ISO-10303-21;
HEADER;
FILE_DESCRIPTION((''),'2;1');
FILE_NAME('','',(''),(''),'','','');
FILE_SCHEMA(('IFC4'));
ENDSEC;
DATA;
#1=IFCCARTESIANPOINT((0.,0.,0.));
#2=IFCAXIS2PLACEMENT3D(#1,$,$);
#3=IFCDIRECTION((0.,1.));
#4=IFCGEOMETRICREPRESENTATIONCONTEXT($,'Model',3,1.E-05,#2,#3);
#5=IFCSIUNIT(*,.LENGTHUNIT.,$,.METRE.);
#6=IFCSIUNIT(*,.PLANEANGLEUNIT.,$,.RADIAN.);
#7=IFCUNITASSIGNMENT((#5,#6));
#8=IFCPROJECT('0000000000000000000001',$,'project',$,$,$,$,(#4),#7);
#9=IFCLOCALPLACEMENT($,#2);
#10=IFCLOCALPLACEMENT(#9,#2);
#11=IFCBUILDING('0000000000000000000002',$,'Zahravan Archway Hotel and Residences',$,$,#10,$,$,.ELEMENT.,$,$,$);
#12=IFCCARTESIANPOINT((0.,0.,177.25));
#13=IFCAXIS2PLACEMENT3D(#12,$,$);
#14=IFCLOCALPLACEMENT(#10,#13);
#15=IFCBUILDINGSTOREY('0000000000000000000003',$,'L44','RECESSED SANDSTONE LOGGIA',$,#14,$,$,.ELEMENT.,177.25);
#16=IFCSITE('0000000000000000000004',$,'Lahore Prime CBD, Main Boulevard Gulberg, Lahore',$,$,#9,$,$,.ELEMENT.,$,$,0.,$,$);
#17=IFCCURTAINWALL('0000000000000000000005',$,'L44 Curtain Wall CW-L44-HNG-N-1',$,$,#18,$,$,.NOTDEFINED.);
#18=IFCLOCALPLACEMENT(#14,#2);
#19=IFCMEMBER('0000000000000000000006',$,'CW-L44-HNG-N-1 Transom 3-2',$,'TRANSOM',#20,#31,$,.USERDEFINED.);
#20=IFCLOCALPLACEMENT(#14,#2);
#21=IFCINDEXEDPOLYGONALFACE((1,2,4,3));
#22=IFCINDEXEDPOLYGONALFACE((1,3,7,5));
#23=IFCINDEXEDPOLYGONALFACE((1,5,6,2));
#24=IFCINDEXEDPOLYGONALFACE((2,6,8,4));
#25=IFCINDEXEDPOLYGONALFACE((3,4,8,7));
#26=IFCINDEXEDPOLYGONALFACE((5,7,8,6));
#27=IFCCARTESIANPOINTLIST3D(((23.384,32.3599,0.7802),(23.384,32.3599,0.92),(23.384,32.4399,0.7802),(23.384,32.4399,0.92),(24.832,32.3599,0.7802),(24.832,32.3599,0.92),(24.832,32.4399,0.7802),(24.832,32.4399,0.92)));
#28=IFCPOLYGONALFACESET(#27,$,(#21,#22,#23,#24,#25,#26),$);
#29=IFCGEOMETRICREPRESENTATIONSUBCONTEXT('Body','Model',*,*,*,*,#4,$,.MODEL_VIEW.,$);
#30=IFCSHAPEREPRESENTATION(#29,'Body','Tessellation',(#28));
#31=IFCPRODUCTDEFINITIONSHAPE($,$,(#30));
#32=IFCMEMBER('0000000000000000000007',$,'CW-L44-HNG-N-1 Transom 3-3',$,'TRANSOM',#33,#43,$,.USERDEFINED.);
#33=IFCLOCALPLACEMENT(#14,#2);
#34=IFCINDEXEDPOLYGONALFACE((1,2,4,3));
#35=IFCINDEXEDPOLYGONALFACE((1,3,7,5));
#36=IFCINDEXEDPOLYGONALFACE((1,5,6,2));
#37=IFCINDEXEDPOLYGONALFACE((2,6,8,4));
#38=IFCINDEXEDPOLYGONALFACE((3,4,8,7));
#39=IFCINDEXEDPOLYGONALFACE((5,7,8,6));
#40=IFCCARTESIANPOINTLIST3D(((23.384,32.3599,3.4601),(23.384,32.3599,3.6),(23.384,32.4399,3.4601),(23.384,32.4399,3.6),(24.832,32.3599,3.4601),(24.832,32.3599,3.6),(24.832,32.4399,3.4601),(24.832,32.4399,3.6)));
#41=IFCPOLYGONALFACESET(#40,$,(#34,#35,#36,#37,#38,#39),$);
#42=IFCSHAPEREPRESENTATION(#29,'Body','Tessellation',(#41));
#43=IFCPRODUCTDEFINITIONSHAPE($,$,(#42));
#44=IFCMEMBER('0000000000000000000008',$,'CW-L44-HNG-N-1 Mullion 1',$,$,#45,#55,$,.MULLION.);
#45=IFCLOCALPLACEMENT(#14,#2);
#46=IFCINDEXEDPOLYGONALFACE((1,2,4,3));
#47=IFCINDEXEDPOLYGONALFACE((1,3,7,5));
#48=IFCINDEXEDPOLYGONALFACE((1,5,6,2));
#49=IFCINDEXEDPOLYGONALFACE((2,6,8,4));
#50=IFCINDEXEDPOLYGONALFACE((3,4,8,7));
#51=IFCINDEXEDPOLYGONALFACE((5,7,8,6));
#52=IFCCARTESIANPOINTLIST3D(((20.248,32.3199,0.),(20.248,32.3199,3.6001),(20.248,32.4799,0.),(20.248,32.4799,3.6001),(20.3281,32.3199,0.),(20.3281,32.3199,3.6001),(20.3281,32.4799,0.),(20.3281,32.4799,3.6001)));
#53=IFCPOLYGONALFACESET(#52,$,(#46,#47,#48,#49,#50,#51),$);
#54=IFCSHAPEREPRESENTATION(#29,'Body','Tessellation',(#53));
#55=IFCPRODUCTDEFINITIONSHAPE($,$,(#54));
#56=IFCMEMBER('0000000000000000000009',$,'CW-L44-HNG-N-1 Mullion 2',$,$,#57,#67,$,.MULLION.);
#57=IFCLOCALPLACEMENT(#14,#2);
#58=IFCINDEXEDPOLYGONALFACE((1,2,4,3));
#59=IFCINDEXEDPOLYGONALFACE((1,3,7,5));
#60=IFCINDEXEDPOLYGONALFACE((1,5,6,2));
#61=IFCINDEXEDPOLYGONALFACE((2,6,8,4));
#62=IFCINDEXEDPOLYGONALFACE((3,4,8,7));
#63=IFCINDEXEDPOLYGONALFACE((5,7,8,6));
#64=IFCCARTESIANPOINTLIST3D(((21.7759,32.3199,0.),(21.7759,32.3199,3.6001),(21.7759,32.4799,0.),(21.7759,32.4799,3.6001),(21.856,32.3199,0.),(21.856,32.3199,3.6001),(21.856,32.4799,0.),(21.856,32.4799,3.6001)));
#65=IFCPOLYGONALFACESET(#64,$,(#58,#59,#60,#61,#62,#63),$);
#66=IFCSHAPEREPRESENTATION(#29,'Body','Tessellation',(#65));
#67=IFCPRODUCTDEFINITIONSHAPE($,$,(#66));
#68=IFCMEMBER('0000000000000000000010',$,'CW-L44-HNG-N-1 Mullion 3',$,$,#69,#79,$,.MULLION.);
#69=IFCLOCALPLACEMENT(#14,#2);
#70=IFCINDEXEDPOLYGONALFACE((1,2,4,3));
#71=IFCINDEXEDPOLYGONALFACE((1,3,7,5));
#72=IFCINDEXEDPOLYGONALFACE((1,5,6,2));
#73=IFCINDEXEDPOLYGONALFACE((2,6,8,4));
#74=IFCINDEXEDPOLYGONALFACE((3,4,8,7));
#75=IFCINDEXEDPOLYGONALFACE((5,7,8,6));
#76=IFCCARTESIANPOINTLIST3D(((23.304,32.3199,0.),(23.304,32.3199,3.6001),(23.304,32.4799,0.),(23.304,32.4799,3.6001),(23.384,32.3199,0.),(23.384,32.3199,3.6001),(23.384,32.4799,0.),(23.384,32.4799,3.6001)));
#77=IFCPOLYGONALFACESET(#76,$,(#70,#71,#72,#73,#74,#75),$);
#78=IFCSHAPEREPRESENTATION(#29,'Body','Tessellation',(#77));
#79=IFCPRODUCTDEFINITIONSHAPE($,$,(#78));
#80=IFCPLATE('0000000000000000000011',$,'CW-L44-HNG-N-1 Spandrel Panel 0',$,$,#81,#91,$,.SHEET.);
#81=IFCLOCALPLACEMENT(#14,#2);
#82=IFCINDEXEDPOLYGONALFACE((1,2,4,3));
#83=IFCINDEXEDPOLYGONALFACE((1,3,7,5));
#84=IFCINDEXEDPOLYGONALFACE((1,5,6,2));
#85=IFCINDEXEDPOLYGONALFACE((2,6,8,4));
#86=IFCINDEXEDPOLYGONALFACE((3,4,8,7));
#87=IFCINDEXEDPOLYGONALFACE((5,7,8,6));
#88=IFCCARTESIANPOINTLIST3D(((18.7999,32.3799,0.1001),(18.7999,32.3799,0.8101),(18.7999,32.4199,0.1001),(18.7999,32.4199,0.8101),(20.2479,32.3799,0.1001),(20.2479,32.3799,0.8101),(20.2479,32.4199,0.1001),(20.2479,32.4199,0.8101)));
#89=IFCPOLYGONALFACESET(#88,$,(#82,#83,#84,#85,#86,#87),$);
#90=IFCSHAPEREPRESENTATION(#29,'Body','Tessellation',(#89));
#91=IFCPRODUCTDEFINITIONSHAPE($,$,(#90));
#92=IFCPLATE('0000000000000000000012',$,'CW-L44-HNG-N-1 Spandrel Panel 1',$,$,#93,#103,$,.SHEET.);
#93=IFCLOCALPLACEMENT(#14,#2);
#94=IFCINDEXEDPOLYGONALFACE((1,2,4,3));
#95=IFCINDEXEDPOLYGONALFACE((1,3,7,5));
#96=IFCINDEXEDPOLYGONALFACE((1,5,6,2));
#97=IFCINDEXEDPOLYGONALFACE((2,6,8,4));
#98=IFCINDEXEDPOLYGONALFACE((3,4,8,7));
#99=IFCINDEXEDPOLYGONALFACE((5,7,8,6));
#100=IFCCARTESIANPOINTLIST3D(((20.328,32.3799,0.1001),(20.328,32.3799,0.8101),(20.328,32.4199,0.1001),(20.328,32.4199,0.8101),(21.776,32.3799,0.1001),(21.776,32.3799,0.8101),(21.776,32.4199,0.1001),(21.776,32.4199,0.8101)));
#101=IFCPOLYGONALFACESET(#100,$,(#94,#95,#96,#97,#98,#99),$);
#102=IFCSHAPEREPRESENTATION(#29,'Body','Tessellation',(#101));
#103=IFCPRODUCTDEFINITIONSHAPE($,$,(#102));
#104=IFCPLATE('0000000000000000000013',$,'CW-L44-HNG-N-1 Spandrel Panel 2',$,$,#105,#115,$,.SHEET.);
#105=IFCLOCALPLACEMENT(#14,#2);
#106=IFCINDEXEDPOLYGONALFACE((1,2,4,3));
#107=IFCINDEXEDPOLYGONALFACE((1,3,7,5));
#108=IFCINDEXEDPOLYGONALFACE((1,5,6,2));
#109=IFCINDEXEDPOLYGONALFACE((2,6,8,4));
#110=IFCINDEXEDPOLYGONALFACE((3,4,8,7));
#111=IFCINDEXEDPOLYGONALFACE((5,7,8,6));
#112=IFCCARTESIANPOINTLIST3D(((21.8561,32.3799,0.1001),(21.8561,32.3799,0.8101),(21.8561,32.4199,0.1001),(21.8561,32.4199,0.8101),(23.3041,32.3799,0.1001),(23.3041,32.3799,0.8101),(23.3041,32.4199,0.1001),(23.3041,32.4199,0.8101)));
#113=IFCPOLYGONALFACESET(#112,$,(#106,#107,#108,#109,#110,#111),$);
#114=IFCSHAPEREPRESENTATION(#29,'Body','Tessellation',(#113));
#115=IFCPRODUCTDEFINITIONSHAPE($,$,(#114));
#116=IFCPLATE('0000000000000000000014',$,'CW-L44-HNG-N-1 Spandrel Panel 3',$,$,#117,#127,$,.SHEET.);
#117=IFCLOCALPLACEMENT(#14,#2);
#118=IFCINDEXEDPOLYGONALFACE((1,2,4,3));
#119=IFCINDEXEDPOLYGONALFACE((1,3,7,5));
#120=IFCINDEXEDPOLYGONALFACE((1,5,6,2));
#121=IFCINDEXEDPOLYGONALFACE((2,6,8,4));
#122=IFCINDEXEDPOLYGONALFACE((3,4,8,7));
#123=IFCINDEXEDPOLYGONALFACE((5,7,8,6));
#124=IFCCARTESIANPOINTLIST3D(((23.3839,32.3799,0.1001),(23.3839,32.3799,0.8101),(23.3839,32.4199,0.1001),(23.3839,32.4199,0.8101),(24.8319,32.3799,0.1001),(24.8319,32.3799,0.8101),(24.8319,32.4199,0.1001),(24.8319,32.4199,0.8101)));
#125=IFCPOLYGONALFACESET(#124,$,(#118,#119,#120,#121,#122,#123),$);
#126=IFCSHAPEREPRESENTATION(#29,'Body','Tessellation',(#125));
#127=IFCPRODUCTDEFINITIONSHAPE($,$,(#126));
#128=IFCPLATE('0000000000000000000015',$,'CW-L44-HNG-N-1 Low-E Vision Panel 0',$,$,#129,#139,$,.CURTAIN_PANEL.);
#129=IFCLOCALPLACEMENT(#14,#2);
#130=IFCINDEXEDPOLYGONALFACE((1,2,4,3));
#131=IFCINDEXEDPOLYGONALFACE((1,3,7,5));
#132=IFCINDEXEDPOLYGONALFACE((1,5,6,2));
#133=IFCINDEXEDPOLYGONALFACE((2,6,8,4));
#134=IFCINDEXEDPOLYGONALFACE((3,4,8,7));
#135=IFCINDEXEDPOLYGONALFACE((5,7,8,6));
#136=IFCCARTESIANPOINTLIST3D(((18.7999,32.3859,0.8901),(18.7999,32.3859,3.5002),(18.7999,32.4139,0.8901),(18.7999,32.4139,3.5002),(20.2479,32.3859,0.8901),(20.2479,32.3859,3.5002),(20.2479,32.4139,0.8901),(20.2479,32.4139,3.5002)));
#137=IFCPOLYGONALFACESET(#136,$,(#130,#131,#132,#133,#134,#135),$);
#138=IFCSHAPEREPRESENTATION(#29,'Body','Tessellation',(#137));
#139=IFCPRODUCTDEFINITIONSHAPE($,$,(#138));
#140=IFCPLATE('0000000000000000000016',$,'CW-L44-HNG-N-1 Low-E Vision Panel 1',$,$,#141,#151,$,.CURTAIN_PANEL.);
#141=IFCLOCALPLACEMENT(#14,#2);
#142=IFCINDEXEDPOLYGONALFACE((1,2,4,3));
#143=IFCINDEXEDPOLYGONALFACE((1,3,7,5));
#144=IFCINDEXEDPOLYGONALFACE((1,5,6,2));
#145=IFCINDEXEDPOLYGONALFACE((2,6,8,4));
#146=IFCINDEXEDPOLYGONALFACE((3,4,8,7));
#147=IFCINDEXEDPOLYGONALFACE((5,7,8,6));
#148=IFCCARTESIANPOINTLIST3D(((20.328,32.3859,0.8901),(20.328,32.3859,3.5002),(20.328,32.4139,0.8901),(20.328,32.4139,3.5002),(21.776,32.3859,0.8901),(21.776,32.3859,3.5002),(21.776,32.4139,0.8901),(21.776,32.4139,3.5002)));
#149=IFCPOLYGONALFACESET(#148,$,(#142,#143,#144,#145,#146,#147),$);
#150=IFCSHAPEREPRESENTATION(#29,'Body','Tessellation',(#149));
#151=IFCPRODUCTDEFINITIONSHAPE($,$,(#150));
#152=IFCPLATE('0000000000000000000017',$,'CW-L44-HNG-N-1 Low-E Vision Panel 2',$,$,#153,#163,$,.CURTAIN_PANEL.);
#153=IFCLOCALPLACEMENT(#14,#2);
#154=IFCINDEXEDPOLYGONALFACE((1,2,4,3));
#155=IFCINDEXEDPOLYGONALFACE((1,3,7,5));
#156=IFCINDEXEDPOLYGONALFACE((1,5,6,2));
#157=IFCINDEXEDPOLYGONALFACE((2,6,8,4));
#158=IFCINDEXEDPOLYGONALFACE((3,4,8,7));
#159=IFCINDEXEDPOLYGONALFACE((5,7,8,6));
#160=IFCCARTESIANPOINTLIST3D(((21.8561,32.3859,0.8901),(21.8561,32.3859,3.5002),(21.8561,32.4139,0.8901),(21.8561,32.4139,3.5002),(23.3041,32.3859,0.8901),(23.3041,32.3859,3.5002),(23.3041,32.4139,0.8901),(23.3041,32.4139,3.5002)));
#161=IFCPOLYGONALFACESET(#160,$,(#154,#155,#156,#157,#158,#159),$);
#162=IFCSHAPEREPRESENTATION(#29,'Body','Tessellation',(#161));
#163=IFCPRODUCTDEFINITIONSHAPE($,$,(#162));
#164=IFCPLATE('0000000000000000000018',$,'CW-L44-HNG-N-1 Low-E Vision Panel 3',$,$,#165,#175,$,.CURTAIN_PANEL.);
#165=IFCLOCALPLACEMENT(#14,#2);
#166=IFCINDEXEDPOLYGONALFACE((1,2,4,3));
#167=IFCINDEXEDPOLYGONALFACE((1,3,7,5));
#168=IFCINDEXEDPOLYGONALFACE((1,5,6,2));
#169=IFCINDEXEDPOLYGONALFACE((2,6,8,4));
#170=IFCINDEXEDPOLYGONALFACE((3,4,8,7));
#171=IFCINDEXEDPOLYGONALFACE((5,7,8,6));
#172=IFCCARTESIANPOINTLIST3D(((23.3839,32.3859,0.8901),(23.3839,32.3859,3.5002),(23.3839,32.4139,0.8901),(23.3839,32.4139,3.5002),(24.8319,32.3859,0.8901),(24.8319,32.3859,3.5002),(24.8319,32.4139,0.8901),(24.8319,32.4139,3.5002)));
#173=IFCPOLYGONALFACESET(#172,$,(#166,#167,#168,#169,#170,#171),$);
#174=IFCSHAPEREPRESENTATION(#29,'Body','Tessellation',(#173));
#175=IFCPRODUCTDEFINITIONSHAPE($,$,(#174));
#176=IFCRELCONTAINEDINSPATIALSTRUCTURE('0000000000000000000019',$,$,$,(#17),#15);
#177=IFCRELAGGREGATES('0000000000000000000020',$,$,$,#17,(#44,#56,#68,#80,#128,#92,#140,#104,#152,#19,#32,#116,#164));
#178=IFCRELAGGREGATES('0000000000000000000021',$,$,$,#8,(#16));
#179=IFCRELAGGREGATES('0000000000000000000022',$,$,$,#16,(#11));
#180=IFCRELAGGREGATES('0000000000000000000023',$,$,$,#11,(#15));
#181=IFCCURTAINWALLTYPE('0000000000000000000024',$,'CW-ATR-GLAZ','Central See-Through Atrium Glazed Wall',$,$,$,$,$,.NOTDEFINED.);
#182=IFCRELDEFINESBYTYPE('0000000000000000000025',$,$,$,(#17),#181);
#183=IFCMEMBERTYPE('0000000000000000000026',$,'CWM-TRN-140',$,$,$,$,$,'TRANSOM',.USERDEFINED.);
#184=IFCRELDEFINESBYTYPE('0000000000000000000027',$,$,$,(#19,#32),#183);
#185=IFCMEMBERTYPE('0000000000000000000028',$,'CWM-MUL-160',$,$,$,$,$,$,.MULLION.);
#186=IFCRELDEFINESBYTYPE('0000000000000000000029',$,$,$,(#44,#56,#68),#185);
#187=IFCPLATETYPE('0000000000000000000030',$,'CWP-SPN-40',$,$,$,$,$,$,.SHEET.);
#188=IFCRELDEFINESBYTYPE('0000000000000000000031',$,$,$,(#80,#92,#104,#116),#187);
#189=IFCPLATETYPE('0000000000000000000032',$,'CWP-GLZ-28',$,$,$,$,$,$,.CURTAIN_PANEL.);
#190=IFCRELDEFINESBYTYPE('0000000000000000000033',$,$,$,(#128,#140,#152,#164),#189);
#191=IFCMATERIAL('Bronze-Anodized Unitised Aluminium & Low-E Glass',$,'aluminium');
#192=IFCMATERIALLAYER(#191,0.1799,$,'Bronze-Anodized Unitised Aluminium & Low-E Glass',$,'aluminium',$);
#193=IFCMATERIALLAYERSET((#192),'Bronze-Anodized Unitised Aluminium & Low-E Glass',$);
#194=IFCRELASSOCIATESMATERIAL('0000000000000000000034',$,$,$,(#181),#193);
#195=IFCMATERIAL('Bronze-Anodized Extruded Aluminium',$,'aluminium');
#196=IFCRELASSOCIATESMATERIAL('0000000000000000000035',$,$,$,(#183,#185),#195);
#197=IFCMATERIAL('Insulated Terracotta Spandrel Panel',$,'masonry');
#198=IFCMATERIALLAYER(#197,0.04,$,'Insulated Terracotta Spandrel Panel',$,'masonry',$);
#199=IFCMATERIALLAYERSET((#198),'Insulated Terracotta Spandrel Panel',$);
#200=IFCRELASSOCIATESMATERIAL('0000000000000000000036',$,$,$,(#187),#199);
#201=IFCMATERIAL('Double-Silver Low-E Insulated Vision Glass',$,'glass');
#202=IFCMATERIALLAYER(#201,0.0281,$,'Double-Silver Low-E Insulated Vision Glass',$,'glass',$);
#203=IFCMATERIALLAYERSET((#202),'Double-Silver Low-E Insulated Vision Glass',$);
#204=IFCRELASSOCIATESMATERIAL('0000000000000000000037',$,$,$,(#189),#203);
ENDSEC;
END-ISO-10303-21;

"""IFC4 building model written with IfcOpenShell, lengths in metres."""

from ifc_helpers import new_model, si_unit, direction, frame, origin, origin_2d, place, context, subcontext, project, spatial, rectangle, extrude, source, transform, mapped, material, layer, layer_set, material_profile, profile_set, type_object, element, aggregate, save


model = new_model("IFC4")

# Units and contexts
model_context = context("Model", 3, precision=1e-05, world=origin(), true_north=direction((0.0, 1.0)))
body_context = subcontext(model_context, "Body", "Model", "MODEL_VIEW")
ifc_project = project(units=[si_unit("LENGTHUNIT", "METRE"), si_unit("PLANEANGLEUNIT", "RADIAN")], contexts=[model_context])

# Site, building, storey
site_placement = place(None, origin())
site = spatial("IfcSite", under=ifc_project, at=site_placement, Name="Lahore Prime CBD, Main Boulevard Gulberg, Lahore", CompositionType="ELEMENT", RefElevation=0.0)
building_placement = place(site_placement, origin())
building = spatial("IfcBuilding", under=site, at=building_placement, Name="Zahravan Archway Hotel and Residences", CompositionType="ELEMENT")
storey_placement = place(building_placement, frame((0.0, 0.0, 177.25)))
storey = spatial("IfcBuildingStorey", under=building, at=storey_placement, Name="L44", Description="RECESSED SANDSTONE LOGGIA", CompositionType="ELEMENT", Elevation=177.25)

# Curtain wall, members, plates
ifc_material_1 = material(Name="Bronze-Anodized Unitised Aluminium & Low-E Glass", Category="aluminium")
ifc_layer_1 = layer(ifc_material_1, 0.1799, Name="Bronze-Anodized Unitised Aluminium & Low-E Glass", Category="aluminium")
ifc_layer_set_1 = layer_set([ifc_layer_1], Name="Bronze-Anodized Unitised Aluminium & Low-E Glass")
curtain_wall_type = type_object("IfcCurtainWallType", Name="CW-ATR-GLAZ", Description="Central See-Through Atrium Glazed Wall", PredefinedType="NOTDEFINED", material=ifc_layer_set_1)
curtain_wall_placement = place(storey_placement, origin())
curtain_wall = element("IfcCurtainWall", 1, at=curtain_wall_placement, inside=storey, type_object=curtain_wall_type, Name="L44 Curtain Wall CW-L44-HNG-N-1", PredefinedType="NOTDEFINED")
ifc_material_2 = material(Name="Bronze-Anodized Extruded Aluminium", Category="aluminium")
ifc_material_profile_1 = material_profile(ifc_material_2, rectangle(XDim=0.0801, YDim=0.1399, at=origin_2d()), Name="TRN 80x140", Category="aluminium")
ifc_profile_set_1 = profile_set([ifc_material_profile_1], Name="Bronze-Anodized Extruded Aluminium")
member_type_1 = type_object("IfcMemberType", Name="CWM-TRN-140", ElementType="TRANSOM", PredefinedType="USERDEFINED", material=ifc_profile_set_1)
shared_shape_1 = source(origin(), body_context, "Body", "SweptSolid", [
    extrude(rectangle(XDim=0.0801, YDim=0.1399, at=origin_2d()), origin(), (0.0, 0.0, 1.0), 1.448),
])
member_1_placement = place(storey_placement, frame((23.384, 32.3999, 0.8501), z_axis=(1.0, 0.0, 0.0), x_axis=(0.0, 1.0, 0.0)))
member_1 = element("IfcMember", 2, at=member_1_placement, type_object=member_type_1, Name="CW-L44-HNG-N-1 Transom 3-2", ObjectType="TRANSOM", PredefinedType="USERDEFINED", context=body_context, shape_type="MappedRepresentation", body=[
    mapped(shared_shape_1, transform((0.0, 0.0, 0.0), scale=1.0)),
])
member_2_placement = place(storey_placement, frame((23.384, 32.3999, 3.53), z_axis=(1.0, 0.0, 0.0), x_axis=(0.0, 1.0, 0.0)))
member_2 = element("IfcMember", 3, at=member_2_placement, type_object=member_type_1, Name="CW-L44-HNG-N-1 Transom 3-3", ObjectType="TRANSOM", PredefinedType="USERDEFINED", context=body_context, shape_type="MappedRepresentation", body=[
    mapped(shared_shape_1, transform((0.0, 0.0, 0.0), scale=1.0)),
])
ifc_material_profile_2 = material_profile(ifc_material_2, rectangle(XDim=0.0801, YDim=0.1599, at=origin_2d()), Name="MUL 80x160", Category="aluminium")
ifc_profile_set_2 = profile_set([ifc_material_profile_2], Name="Bronze-Anodized Extruded Aluminium")
member_type_2 = type_object("IfcMemberType", Name="CWM-MUL-160", PredefinedType="MULLION", material=ifc_profile_set_2)
shared_shape_2 = source(origin(), body_context, "Body", "SweptSolid", [
    extrude(rectangle(XDim=0.0801, YDim=0.1599, at=origin_2d()), origin(), (0.0, 0.0, 1.0), 3.6001),
])
member_3_placement = place(storey_placement, frame((20.2881, 32.3999, 0.0), z_axis=(0.0, 0.0, 1.0), x_axis=(1.0, 0.0, 0.0)))
member_3 = element("IfcMember", 4, at=member_3_placement, type_object=member_type_2, Name="CW-L44-HNG-N-1 Mullion 1", PredefinedType="MULLION", context=body_context, shape_type="MappedRepresentation", body=[
    mapped(shared_shape_2, transform((0.0, 0.0, 0.0), scale=1.0)),
])
member_4_placement = place(storey_placement, frame((21.8159, 32.3999, 0.0), z_axis=(0.0, 0.0, 1.0), x_axis=(1.0, 0.0, 0.0)))
member_4 = element("IfcMember", 5, at=member_4_placement, type_object=member_type_2, Name="CW-L44-HNG-N-1 Mullion 2", PredefinedType="MULLION", context=body_context, shape_type="MappedRepresentation", body=[
    mapped(shared_shape_2, transform((0.0, 0.0, 0.0), scale=1.0)),
])
member_5_placement = place(storey_placement, frame((23.344, 32.3999, 0.0), z_axis=(0.0, 0.0, 1.0), x_axis=(1.0, 0.0, 0.0)))
member_5 = element("IfcMember", 6, at=member_5_placement, type_object=member_type_2, Name="CW-L44-HNG-N-1 Mullion 3", PredefinedType="MULLION", context=body_context, shape_type="MappedRepresentation", body=[
    mapped(shared_shape_2, transform((0.0, 0.0, 0.0), scale=1.0)),
])
ifc_material_3 = material(Name="Insulated Terracotta Spandrel Panel", Category="masonry")
ifc_layer_2 = layer(ifc_material_3, 0.04, Name="Insulated Terracotta Spandrel Panel", Category="masonry")
ifc_layer_set_2 = layer_set([ifc_layer_2], Name="Insulated Terracotta Spandrel Panel")
plate_type_1 = type_object("IfcPlateType", Name="CWP-SPN-40", PredefinedType="SHEET", material=ifc_layer_set_2)
shared_shape_3 = source(origin(), body_context, "Body", "SweptSolid", [
    extrude(rectangle(XDim=1.448, YDim=0.04, at=origin_2d()), origin(), (0.0, 0.0, 1.0), 0.71),
])
plate_1_placement = place(storey_placement, frame((19.5239, 32.3999, 0.1001), z_axis=(0.0, 0.0, 1.0), x_axis=(1.0, 0.0, 0.0)))
plate_1 = element("IfcPlate", 7, at=plate_1_placement, type_object=plate_type_1, Name="CW-L44-HNG-N-1 Spandrel Panel 0", PredefinedType="SHEET", context=body_context, shape_type="MappedRepresentation", body=[
    mapped(shared_shape_3, transform((0.0, 0.0, 0.0), scale=1.0)),
])
plate_2_placement = place(storey_placement, frame((21.052, 32.3999, 0.1001), z_axis=(0.0, 0.0, 1.0), x_axis=(1.0, 0.0, 0.0)))
plate_2 = element("IfcPlate", 8, at=plate_2_placement, type_object=plate_type_1, Name="CW-L44-HNG-N-1 Spandrel Panel 1", PredefinedType="SHEET", context=body_context, shape_type="MappedRepresentation", body=[
    mapped(shared_shape_3, transform((0.0, 0.0, 0.0), scale=1.0)),
])
plate_3_placement = place(storey_placement, frame((22.5801, 32.3999, 0.1001), z_axis=(0.0, 0.0, 1.0), x_axis=(1.0, 0.0, 0.0)))
plate_3 = element("IfcPlate", 9, at=plate_3_placement, type_object=plate_type_1, Name="CW-L44-HNG-N-1 Spandrel Panel 2", PredefinedType="SHEET", context=body_context, shape_type="MappedRepresentation", body=[
    mapped(shared_shape_3, transform((0.0, 0.0, 0.0), scale=1.0)),
])
plate_4_placement = place(storey_placement, frame((24.1079, 32.3999, 0.1001), z_axis=(0.0, 0.0, 1.0), x_axis=(1.0, 0.0, 0.0)))
plate_4 = element("IfcPlate", 10, at=plate_4_placement, type_object=plate_type_1, Name="CW-L44-HNG-N-1 Spandrel Panel 3", PredefinedType="SHEET", context=body_context, shape_type="MappedRepresentation", body=[
    mapped(shared_shape_3, transform((0.0, 0.0, 0.0), scale=1.0)),
])
ifc_material_4 = material(Name="Double-Silver Low-E Insulated Vision Glass", Category="glass")
ifc_layer_3 = layer(ifc_material_4, 0.0281, Name="Double-Silver Low-E Insulated Vision Glass", Category="glass")
ifc_layer_set_3 = layer_set([ifc_layer_3], Name="Double-Silver Low-E Insulated Vision Glass")
plate_type_2 = type_object("IfcPlateType", Name="CWP-GLZ-28", PredefinedType="CURTAIN_PANEL", material=ifc_layer_set_3)
shared_shape_4 = source(origin(), body_context, "Body", "SweptSolid", [
    extrude(rectangle(XDim=1.448, YDim=0.0281, at=origin_2d()), origin(), (0.0, 0.0, 1.0), 2.6101),
])
plate_5_placement = place(storey_placement, frame((19.5239, 32.3999, 0.8901), z_axis=(0.0, 0.0, 1.0), x_axis=(1.0, 0.0, 0.0)))
plate_5 = element("IfcPlate", 11, at=plate_5_placement, type_object=plate_type_2, Name="CW-L44-HNG-N-1 Low-E Vision Panel 0", PredefinedType="CURTAIN_PANEL", context=body_context, shape_type="MappedRepresentation", body=[
    mapped(shared_shape_4, transform((0.0, 0.0, 0.0), scale=1.0)),
])
plate_6_placement = place(storey_placement, frame((21.052, 32.3999, 0.8901), z_axis=(0.0, 0.0, 1.0), x_axis=(1.0, 0.0, 0.0)))
plate_6 = element("IfcPlate", 12, at=plate_6_placement, type_object=plate_type_2, Name="CW-L44-HNG-N-1 Low-E Vision Panel 1", PredefinedType="CURTAIN_PANEL", context=body_context, shape_type="MappedRepresentation", body=[
    mapped(shared_shape_4, transform((0.0, 0.0, 0.0), scale=1.0)),
])
plate_7_placement = place(storey_placement, frame((22.5801, 32.3999, 0.8901), z_axis=(0.0, 0.0, 1.0), x_axis=(1.0, 0.0, 0.0)))
plate_7 = element("IfcPlate", 13, at=plate_7_placement, type_object=plate_type_2, Name="CW-L44-HNG-N-1 Low-E Vision Panel 2", PredefinedType="CURTAIN_PANEL", context=body_context, shape_type="MappedRepresentation", body=[
    mapped(shared_shape_4, transform((0.0, 0.0, 0.0), scale=1.0)),
])
plate_8_placement = place(storey_placement, frame((24.1079, 32.3999, 0.8901), z_axis=(0.0, 0.0, 1.0), x_axis=(1.0, 0.0, 0.0)))
plate_8 = element("IfcPlate", 14, at=plate_8_placement, type_object=plate_type_2, Name="CW-L44-HNG-N-1 Low-E Vision Panel 3", PredefinedType="CURTAIN_PANEL", context=body_context, shape_type="MappedRepresentation", body=[
    mapped(shared_shape_4, transform((0.0, 0.0, 0.0), scale=1.0)),
])
aggregate(curtain_wall, [member_3, member_4, member_5, plate_1, plate_5, plate_2, plate_6, plate_3, plate_7, member_1, member_2, plate_4, plate_8])

save(model, "model.ifc")
